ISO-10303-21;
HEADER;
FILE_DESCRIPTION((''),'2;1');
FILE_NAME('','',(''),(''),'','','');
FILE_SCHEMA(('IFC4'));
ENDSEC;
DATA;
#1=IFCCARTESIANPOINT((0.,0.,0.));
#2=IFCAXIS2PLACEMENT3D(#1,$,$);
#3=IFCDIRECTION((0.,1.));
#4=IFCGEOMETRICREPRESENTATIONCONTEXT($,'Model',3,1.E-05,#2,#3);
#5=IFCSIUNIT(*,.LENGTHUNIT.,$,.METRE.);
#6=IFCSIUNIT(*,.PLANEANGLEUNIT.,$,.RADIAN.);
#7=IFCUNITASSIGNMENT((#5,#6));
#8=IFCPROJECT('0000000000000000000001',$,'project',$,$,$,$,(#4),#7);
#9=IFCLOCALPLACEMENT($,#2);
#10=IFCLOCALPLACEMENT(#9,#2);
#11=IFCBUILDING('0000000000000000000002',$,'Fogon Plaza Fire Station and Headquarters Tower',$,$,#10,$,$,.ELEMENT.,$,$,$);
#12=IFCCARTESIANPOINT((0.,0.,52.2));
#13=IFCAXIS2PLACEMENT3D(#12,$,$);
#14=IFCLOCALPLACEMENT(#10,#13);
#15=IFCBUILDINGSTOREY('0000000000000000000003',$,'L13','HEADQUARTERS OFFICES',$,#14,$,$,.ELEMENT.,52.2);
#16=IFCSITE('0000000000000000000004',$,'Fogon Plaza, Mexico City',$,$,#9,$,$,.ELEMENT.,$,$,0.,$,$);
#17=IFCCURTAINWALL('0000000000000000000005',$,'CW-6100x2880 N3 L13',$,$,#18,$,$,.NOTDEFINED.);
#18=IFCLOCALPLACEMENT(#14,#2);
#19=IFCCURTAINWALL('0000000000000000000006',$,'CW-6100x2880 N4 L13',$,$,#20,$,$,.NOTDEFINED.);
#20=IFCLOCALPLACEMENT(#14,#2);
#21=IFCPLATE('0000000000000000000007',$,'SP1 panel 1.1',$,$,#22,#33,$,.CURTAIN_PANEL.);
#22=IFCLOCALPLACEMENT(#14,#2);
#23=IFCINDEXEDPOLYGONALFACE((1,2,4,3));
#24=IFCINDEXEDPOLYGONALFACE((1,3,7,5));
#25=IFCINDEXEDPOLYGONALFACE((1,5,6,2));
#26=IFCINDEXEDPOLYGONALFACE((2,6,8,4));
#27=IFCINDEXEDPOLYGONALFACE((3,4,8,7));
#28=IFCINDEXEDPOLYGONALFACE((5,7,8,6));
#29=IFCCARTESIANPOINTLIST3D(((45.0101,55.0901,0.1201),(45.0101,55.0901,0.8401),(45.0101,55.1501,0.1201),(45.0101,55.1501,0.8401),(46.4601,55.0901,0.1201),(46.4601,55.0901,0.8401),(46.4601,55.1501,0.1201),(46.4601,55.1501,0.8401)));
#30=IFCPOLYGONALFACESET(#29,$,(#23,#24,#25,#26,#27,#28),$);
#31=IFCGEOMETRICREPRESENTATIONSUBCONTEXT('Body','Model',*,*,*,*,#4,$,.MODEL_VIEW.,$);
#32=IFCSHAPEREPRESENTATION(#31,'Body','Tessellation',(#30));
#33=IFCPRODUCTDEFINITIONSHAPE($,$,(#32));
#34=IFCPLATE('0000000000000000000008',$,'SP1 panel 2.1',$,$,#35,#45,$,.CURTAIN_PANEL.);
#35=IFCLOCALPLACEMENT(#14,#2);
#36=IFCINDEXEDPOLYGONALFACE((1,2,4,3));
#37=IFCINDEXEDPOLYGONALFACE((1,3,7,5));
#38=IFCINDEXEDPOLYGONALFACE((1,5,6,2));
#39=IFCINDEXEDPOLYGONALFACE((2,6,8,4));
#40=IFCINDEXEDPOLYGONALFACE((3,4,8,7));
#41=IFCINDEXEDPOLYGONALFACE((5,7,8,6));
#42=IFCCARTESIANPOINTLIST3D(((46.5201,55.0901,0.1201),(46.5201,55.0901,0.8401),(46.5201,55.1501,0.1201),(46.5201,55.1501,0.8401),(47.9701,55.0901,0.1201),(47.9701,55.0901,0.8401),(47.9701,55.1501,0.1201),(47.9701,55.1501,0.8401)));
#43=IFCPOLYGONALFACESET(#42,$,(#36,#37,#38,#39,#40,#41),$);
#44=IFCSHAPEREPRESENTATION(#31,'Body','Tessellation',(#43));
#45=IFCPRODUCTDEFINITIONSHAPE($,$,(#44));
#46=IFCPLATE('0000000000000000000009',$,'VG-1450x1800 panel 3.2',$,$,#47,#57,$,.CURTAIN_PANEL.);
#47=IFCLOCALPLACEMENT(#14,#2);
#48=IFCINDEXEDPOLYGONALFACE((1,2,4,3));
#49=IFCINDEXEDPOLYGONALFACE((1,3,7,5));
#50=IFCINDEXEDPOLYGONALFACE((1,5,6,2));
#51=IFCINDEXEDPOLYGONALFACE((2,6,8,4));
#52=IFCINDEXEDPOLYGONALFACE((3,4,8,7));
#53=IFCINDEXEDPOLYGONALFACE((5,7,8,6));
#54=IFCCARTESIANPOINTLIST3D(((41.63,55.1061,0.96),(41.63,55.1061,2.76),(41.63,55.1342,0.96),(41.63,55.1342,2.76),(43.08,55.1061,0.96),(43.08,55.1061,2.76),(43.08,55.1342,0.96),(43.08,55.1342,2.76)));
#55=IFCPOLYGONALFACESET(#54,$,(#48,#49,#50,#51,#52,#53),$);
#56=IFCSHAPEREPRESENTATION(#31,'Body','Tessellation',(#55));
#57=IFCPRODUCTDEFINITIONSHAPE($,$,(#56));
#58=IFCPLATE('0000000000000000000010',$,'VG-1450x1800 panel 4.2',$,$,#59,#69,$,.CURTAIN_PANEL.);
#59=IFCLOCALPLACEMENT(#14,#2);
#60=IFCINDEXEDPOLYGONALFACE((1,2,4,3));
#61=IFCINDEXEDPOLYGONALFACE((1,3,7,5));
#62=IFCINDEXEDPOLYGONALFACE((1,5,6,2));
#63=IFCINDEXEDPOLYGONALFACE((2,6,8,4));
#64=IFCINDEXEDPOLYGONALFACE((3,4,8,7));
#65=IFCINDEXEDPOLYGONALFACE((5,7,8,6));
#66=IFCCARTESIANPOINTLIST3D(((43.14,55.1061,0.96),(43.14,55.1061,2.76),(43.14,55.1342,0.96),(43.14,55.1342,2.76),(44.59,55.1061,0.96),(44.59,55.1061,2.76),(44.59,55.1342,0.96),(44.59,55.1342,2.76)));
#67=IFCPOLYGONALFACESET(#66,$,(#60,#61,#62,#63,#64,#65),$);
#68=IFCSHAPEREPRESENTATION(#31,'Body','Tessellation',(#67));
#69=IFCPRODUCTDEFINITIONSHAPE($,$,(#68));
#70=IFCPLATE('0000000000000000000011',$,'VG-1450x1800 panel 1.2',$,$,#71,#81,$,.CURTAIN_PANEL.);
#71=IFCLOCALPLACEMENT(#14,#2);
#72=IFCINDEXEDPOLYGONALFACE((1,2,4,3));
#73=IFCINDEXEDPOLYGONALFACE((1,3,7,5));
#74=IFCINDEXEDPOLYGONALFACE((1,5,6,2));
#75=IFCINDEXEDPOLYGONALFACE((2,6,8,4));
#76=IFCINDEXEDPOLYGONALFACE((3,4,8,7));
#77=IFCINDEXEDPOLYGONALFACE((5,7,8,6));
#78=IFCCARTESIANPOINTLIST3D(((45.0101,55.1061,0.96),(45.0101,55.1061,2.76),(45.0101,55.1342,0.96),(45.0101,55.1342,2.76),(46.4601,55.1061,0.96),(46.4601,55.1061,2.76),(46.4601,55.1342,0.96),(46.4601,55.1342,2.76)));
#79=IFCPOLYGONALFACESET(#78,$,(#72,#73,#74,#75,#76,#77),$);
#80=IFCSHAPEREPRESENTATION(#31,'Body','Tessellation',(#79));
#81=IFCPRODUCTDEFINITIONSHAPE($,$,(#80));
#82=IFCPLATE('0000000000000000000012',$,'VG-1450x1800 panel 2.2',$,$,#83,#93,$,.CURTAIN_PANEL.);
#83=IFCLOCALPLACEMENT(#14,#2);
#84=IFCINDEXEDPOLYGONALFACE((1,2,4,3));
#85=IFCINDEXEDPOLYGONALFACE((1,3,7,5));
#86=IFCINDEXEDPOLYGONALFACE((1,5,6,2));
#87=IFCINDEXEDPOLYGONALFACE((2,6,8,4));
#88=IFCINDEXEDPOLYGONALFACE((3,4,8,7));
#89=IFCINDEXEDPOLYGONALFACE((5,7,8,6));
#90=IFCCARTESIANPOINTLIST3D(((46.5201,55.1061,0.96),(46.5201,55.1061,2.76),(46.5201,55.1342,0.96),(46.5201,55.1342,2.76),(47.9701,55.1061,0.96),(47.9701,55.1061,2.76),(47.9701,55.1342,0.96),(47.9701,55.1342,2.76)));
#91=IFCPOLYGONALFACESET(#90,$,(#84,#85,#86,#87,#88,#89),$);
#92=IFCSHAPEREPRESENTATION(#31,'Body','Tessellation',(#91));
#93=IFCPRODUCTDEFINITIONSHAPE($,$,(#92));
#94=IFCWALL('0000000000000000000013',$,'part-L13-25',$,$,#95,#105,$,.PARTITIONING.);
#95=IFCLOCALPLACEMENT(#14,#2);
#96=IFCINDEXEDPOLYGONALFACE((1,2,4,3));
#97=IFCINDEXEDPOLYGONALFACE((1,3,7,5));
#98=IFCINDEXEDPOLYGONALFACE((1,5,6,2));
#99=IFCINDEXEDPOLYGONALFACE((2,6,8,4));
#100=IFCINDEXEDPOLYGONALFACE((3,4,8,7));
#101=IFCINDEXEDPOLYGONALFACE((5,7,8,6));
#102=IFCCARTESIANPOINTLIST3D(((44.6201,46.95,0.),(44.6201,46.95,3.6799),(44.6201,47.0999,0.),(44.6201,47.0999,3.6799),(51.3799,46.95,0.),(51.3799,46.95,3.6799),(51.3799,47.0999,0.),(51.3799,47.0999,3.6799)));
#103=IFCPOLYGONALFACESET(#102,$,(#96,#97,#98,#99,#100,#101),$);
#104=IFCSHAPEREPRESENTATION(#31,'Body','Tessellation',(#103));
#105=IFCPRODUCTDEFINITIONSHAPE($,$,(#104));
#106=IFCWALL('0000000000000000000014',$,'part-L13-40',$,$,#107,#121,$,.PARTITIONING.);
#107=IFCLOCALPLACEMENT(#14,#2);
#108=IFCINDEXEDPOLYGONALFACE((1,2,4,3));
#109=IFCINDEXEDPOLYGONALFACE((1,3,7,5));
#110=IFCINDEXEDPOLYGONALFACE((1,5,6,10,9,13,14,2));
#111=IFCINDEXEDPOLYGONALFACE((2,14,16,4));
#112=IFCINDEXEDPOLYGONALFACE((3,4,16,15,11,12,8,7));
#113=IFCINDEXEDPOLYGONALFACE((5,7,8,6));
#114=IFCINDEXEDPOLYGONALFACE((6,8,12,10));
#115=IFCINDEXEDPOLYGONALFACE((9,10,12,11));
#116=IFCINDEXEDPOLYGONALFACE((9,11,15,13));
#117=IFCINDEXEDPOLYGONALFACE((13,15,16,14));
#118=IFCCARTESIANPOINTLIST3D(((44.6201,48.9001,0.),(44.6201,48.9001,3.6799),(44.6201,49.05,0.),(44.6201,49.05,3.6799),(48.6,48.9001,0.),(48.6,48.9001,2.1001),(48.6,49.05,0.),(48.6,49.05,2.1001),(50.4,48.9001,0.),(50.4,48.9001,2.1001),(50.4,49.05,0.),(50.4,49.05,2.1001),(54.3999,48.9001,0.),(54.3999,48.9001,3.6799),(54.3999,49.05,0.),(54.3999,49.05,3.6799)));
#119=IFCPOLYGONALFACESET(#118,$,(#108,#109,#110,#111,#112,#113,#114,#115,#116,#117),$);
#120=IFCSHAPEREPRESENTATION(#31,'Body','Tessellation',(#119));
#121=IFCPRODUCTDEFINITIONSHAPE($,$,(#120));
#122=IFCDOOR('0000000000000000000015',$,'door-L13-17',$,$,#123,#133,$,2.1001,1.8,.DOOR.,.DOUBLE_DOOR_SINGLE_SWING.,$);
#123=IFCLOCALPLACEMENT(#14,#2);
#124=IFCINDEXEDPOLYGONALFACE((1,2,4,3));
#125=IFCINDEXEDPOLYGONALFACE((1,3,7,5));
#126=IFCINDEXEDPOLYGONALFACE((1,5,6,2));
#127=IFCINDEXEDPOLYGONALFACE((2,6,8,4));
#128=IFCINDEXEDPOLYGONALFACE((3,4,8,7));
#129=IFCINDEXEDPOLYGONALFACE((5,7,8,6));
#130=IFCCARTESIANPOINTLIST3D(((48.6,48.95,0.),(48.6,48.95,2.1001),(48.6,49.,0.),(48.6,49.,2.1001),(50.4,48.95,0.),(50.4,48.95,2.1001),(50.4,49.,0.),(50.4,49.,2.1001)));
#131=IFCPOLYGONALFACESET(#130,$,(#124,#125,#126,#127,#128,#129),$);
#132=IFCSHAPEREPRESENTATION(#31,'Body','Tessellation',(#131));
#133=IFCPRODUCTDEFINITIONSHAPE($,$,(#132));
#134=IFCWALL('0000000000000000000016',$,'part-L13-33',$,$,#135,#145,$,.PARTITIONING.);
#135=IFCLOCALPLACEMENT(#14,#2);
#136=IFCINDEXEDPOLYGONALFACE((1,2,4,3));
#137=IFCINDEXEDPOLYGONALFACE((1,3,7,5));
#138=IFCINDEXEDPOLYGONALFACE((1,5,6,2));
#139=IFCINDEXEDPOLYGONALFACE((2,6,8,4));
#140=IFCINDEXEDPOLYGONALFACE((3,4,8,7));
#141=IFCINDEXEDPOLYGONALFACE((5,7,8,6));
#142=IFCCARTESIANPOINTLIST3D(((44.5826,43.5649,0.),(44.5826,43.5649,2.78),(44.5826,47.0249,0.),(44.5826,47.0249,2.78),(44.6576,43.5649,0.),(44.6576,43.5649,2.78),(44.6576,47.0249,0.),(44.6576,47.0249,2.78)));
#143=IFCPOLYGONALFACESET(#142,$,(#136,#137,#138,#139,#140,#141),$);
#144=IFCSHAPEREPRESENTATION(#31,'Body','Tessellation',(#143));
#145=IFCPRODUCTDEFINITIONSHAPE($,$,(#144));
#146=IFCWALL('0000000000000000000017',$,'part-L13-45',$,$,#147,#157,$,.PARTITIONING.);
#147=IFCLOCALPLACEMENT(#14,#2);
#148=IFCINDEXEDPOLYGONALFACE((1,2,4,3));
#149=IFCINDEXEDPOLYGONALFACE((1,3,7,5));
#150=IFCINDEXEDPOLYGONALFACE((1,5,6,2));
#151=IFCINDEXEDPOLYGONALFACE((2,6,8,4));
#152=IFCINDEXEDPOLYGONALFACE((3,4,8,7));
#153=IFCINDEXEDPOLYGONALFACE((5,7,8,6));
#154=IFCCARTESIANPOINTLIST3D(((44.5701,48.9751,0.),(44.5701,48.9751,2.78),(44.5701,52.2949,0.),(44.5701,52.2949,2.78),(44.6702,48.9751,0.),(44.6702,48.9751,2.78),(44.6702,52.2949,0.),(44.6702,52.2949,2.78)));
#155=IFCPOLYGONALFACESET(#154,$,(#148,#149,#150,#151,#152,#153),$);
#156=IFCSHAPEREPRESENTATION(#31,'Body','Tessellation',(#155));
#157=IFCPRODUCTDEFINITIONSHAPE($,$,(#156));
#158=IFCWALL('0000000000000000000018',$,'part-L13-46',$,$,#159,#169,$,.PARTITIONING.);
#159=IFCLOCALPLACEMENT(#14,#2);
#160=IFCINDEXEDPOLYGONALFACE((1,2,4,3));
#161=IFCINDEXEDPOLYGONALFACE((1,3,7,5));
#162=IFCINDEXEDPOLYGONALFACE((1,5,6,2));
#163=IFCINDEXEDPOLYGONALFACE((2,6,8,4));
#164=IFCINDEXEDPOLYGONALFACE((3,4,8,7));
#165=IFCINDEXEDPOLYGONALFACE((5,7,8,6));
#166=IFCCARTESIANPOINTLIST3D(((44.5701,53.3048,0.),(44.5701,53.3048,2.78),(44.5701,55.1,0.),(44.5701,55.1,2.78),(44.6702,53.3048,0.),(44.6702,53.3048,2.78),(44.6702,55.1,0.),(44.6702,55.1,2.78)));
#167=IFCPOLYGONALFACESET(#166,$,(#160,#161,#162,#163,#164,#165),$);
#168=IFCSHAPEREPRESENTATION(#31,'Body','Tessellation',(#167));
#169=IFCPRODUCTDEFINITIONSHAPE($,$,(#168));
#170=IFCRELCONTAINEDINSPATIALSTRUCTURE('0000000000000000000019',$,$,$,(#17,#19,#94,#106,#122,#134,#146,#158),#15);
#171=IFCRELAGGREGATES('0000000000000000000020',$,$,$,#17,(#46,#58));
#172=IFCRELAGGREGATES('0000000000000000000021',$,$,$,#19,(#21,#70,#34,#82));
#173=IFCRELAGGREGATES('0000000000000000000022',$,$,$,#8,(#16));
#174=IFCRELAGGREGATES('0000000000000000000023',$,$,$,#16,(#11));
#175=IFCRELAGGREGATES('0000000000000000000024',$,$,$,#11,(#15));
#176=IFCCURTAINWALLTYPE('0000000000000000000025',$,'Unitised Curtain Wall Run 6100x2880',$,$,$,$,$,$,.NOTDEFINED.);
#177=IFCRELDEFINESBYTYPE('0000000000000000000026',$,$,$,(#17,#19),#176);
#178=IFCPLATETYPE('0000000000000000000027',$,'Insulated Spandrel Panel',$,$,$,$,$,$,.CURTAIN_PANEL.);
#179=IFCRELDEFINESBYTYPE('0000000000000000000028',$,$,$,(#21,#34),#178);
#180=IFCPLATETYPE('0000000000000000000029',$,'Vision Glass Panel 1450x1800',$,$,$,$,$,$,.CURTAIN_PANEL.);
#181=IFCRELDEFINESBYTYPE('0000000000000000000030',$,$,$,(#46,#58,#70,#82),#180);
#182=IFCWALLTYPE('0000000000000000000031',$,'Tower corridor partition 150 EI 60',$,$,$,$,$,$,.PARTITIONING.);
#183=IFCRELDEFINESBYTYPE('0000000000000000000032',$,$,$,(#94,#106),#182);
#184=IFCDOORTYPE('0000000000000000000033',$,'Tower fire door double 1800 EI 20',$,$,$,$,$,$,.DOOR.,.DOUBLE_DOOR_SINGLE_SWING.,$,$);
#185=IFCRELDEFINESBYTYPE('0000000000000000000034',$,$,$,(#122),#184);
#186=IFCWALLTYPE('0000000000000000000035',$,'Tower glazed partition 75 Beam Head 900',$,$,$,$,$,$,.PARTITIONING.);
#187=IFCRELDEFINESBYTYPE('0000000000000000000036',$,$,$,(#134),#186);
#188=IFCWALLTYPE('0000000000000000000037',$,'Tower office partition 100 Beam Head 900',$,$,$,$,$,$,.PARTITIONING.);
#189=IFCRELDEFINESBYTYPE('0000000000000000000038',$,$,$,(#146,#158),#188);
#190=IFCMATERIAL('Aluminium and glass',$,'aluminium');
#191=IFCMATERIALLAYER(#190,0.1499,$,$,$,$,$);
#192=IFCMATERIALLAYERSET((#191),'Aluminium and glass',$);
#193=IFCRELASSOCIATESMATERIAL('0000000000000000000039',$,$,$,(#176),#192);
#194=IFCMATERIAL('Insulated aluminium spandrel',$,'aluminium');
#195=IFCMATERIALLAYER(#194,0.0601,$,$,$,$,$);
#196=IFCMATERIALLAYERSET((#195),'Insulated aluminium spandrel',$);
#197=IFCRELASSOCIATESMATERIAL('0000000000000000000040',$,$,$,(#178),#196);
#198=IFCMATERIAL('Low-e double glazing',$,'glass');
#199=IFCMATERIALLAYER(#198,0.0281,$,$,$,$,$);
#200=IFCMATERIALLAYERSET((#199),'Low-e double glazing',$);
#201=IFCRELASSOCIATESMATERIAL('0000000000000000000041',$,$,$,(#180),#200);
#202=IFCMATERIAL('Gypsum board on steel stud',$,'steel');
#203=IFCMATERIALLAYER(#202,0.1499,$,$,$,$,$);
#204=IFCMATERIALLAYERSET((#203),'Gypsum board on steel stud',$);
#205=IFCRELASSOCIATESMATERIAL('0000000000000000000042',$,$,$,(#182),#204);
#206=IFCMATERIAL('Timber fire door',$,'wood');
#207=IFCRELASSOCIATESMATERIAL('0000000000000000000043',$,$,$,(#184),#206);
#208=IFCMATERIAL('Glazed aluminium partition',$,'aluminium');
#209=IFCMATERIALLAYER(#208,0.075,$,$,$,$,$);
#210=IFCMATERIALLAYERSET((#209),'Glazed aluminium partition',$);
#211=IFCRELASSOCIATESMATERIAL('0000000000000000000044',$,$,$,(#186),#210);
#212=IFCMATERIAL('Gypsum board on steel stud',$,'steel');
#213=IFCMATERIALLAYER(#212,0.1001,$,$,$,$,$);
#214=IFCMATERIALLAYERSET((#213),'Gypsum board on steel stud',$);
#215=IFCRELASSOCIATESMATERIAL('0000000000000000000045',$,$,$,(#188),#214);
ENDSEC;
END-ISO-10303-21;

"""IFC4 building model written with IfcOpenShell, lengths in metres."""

from ifc_helpers import new_model, si_unit, direction, frame, frame_2d, origin, origin_2d, place, context, subcontext, project, spatial, rectangle, extrude, material, layer, layer_set, type_object, element, fill, aggregate, save


model = new_model("IFC4")

# Units and contexts
model_context = context("Model", 3, precision=1e-05, world=origin(), true_north=direction((0.0, 1.0)))
body_context = subcontext(model_context, "Body", "Model", "MODEL_VIEW")
ifc_project = project(units=[si_unit("LENGTHUNIT", "METRE"), si_unit("PLANEANGLEUNIT", "RADIAN")], contexts=[model_context])

# Site, building, storey
site_placement = place(None, origin())
site = spatial("IfcSite", under=ifc_project, at=site_placement, Name="Fogon Plaza, Mexico City", CompositionType="ELEMENT", RefElevation=0.0)
building_placement = place(site_placement, origin())
building = spatial("IfcBuilding", under=site, at=building_placement, Name="Fogon Plaza Fire Station and Headquarters Tower", CompositionType="ELEMENT")
storey_placement = place(building_placement, frame((0.0, 0.0, 52.2)))
storey = spatial("IfcBuildingStorey", under=building, at=storey_placement, Name="L13", Description="HEADQUARTERS OFFICES", CompositionType="ELEMENT", Elevation=52.2)

# Curtain walls
ifc_material_1 = material(Name="Aluminium and glass", Category="aluminium")
ifc_layer_1 = layer(ifc_material_1, 0.1499)
ifc_layer_set_1 = layer_set([ifc_layer_1], Name="Aluminium and glass")
curtain_wall_type = type_object("IfcCurtainWallType", Name="Unitised Curtain Wall Run 6100x2880", PredefinedType="NOTDEFINED", material=ifc_layer_set_1)
curtain_wall_1_placement = place(storey_placement, origin())
curtain_wall_1 = element("IfcCurtainWall", 1, at=curtain_wall_1_placement, inside=storey, type_object=curtain_wall_type, Name="CW-6100x2880 N3 L13", PredefinedType="NOTDEFINED")
curtain_wall_2_placement = place(storey_placement, origin())
curtain_wall_2 = element("IfcCurtainWall", 2, at=curtain_wall_2_placement, inside=storey, type_object=curtain_wall_type, Name="CW-6100x2880 N4 L13", PredefinedType="NOTDEFINED")

# Plates
ifc_material_2 = material(Name="Insulated aluminium spandrel", Category="aluminium")
ifc_layer_2 = layer(ifc_material_2, 0.0601)
ifc_layer_set_2 = layer_set([ifc_layer_2], Name="Insulated aluminium spandrel")
plate_type_1 = type_object("IfcPlateType", Name="Insulated Spandrel Panel", PredefinedType="CURTAIN_PANEL", material=ifc_layer_set_2)
plate_1_placement = place(storey_placement, frame((45.7351, 55.1201, 0.1201), z_axis=(0.0, 0.0, 1.0), x_axis=(1.0, 0.0, 0.0)))
plate_1 = element("IfcPlate", 3, at=plate_1_placement, type_object=plate_type_1, Name="SP1 panel 1.1", PredefinedType="CURTAIN_PANEL", context=body_context, shape_type="SweptSolid", body=[
    extrude(rectangle(XDim=1.45, YDim=0.0601, at=origin_2d()), origin(), (0.0, 0.0, 1.0), 0.72),
])
plate_2_placement = place(storey_placement, frame((47.2451, 55.1201, 0.1201), z_axis=(0.0, 0.0, 1.0), x_axis=(1.0, 0.0, 0.0)))
plate_2 = element("IfcPlate", 4, at=plate_2_placement, type_object=plate_type_1, Name="SP1 panel 2.1", PredefinedType="CURTAIN_PANEL", context=body_context, shape_type="SweptSolid", body=[
    extrude(rectangle(XDim=1.45, YDim=0.0601, at=origin_2d()), origin(), (0.0, 0.0, 1.0), 0.72),
])
ifc_material_3 = material(Name="Low-e double glazing", Category="glass")
ifc_layer_3 = layer(ifc_material_3, 0.0281)
ifc_layer_set_3 = layer_set([ifc_layer_3], Name="Low-e double glazing")
plate_type_2 = type_object("IfcPlateType", Name="Vision Glass Panel 1450x1800", PredefinedType="CURTAIN_PANEL", material=ifc_layer_set_3)
plate_3_placement = place(storey_placement, frame((42.355, 55.1201, 0.96), z_axis=(0.0, 0.0, 1.0), x_axis=(1.0, 0.0, 0.0)))
plate_3 = element("IfcPlate", 5, at=plate_3_placement, type_object=plate_type_2, Name="VG-1450x1800 panel 3.2", PredefinedType="CURTAIN_PANEL", context=body_context, shape_type="SweptSolid", body=[
    extrude(rectangle(XDim=1.45, YDim=0.0281, at=origin_2d()), origin(), (0.0, 0.0, 1.0), 1.8),
])
plate_4_placement = place(storey_placement, frame((43.865, 55.1201, 0.96), z_axis=(0.0, 0.0, 1.0), x_axis=(1.0, 0.0, 0.0)))
plate_4 = element("IfcPlate", 6, at=plate_4_placement, type_object=plate_type_2, Name="VG-1450x1800 panel 4.2", PredefinedType="CURTAIN_PANEL", context=body_context, shape_type="SweptSolid", body=[
    extrude(rectangle(XDim=1.45, YDim=0.0281, at=origin_2d()), origin(), (0.0, 0.0, 1.0), 1.8),
])
aggregate(curtain_wall_1, [plate_3, plate_4])
plate_5_placement = place(storey_placement, frame((45.7351, 55.1201, 0.96), z_axis=(0.0, 0.0, 1.0), x_axis=(1.0, 0.0, 0.0)))
plate_5 = element("IfcPlate", 7, at=plate_5_placement, type_object=plate_type_2, Name="VG-1450x1800 panel 1.2", PredefinedType="CURTAIN_PANEL", context=body_context, shape_type="SweptSolid", body=[
    extrude(rectangle(XDim=1.45, YDim=0.0281, at=origin_2d()), origin(), (0.0, 0.0, 1.0), 1.8),
])
plate_6_placement = place(storey_placement, frame((47.2451, 55.1201, 0.96), z_axis=(0.0, 0.0, 1.0), x_axis=(1.0, 0.0, 0.0)))
plate_6 = element("IfcPlate", 8, at=plate_6_placement, type_object=plate_type_2, Name="VG-1450x1800 panel 2.2", PredefinedType="CURTAIN_PANEL", context=body_context, shape_type="SweptSolid", body=[
    extrude(rectangle(XDim=1.45, YDim=0.0281, at=origin_2d()), origin(), (0.0, 0.0, 1.0), 1.8),
])
aggregate(curtain_wall_2, [plate_1, plate_5, plate_2, plate_6])

# Wall
ifc_material_4 = material(Name="Gypsum board on steel stud", Category="steel")
ifc_layer_4 = layer(ifc_material_4, 0.1499)
ifc_layer_set_4 = layer_set([ifc_layer_4], Name="Gypsum board on steel stud")
wall_type_1 = type_object("IfcWallType", Name="Tower corridor partition 150 EI 60", PredefinedType="PARTITIONING", material=ifc_layer_set_4)
wall_1_placement = place(storey_placement, frame((44.6201, 47.0249, 0.0), z_axis=(0.0, 0.0, 1.0), x_axis=(1.0, 0.0, 0.0)))
element("IfcWall", 9, at=wall_1_placement, inside=storey, type_object=wall_type_1, Name="part-L13-25", PredefinedType="PARTITIONING", context=body_context, shape_type="SweptSolid", body=[
    extrude(rectangle(XDim=6.7598, YDim=0.1499, at=frame_2d((3.3799, 0.0))), origin(), (0.0, 0.0, 1.0), 3.6799),
])

# Wall, opening, door
wall_2_placement = place(storey_placement, frame((44.6201, 48.9751, 0.0), z_axis=(0.0, 0.0, 1.0), x_axis=(1.0, 0.0, 0.0)))
wall_2 = element("IfcWall", 10, at=wall_2_placement, inside=storey, type_object=wall_type_1, Name="part-L13-40", PredefinedType="PARTITIONING", context=body_context, shape_type="SweptSolid", body=[
    extrude(rectangle(XDim=9.7798, YDim=0.1499, at=frame_2d((4.8899, 0.0))), origin(), (0.0, 0.0, 1.0), 3.6799),
])
opening_placement = place(wall_2_placement, frame((3.98, 0.0, 0.0)))
opening = element("IfcOpeningElement", 11, at=opening_placement, cuts=wall_2, PredefinedType="OPENING", context=body_context, shape_type="SweptSolid", body=[
    extrude(rectangle(XDim=1.8, YDim=2.1001, at=frame_2d((0.8999, 1.05))), frame((0.0, 0.085, 0.0), z_axis=(0.0, -1.0, 0.0), x_axis=(1.0, 0.0, 0.0)), (0.0, 0.0, 1.0), 0.1699),
])
ifc_material_5 = material(Name="Timber fire door", Category="wood")
door_type = type_object("IfcDoorType", Name="Tower fire door double 1800 EI 20", OperationType="DOUBLE_DOOR_SINGLE_SWING", PredefinedType="DOOR", material=ifc_material_5)
door_placement = place(opening_placement, origin())
door = element("IfcDoor", 12, at=door_placement, inside=storey, type_object=door_type, Name="door-L13-17", OperationType="DOUBLE_DOOR_SINGLE_SWING", OverallHeight=2.1001, OverallWidth=1.8, PredefinedType="DOOR", context=body_context, shape_type="SweptSolid", body=[
    extrude(rectangle(XDim=1.8, YDim=2.1001, at=frame_2d((0.8999, 1.05))), frame((0.0, 0.0249, 0.0), z_axis=(0.0, -1.0, 0.0), x_axis=(1.0, 0.0, 0.0)), (0.0, 0.0, 1.0), 0.05),
])
fill(opening, door)

# Walls
ifc_material_6 = material(Name="Glazed aluminium partition", Category="aluminium")
ifc_layer_5 = layer(ifc_material_6, 0.075)
ifc_layer_set_5 = layer_set([ifc_layer_5], Name="Glazed aluminium partition")
wall_type_2 = type_object("IfcWallType", Name="Tower glazed partition 75 Beam Head 900", PredefinedType="PARTITIONING", material=ifc_layer_set_5)
wall_3_placement = place(storey_placement, frame((44.6201, 43.5649, 0.0), z_axis=(0.0, 0.0, 1.0), x_axis=(0.0, 1.0, 0.0)))
element("IfcWall", 13, at=wall_3_placement, inside=storey, type_object=wall_type_2, Name="part-L13-33", PredefinedType="PARTITIONING", context=body_context, shape_type="SweptSolid", body=[
    extrude(rectangle(XDim=3.46, YDim=0.075, at=frame_2d((1.73, 0.0))), origin(), (0.0, 0.0, 1.0), 2.78),
])
ifc_material_7 = material(Name="Gypsum board on steel stud", Category="steel")
ifc_layer_6 = layer(ifc_material_7, 0.1001)
ifc_layer_set_6 = layer_set([ifc_layer_6], Name="Gypsum board on steel stud")
wall_type_3 = type_object("IfcWallType", Name="Tower office partition 100 Beam Head 900", PredefinedType="PARTITIONING", material=ifc_layer_set_6)
wall_4_placement = place(storey_placement, frame((44.6201, 48.9751, 0.0), z_axis=(0.0, 0.0, 1.0), x_axis=(0.0, 1.0, 0.0)))
element("IfcWall", 14, at=wall_4_placement, inside=storey, type_object=wall_type_3, Name="part-L13-45", PredefinedType="PARTITIONING", context=body_context, shape_type="SweptSolid", body=[
    extrude(rectangle(XDim=3.3198, YDim=0.1001, at=frame_2d((1.6599, 0.0))), origin(), (0.0, 0.0, 1.0), 2.78),
])
wall_5_placement = place(storey_placement, frame((44.6201, 53.3049, 0.0), z_axis=(0.0, 0.0, 1.0), x_axis=(0.0, 1.0, 0.0)))
element("IfcWall", 15, at=wall_5_placement, inside=storey, type_object=wall_type_3, Name="part-L13-46", PredefinedType="PARTITIONING", context=body_context, shape_type="SweptSolid", body=[
    extrude(rectangle(XDim=1.7952, YDim=0.1001, at=frame_2d((0.8975, 0.0))), origin(), (0.0, 0.0, 1.0), 2.78),
])

save(model, "model.ifc")
